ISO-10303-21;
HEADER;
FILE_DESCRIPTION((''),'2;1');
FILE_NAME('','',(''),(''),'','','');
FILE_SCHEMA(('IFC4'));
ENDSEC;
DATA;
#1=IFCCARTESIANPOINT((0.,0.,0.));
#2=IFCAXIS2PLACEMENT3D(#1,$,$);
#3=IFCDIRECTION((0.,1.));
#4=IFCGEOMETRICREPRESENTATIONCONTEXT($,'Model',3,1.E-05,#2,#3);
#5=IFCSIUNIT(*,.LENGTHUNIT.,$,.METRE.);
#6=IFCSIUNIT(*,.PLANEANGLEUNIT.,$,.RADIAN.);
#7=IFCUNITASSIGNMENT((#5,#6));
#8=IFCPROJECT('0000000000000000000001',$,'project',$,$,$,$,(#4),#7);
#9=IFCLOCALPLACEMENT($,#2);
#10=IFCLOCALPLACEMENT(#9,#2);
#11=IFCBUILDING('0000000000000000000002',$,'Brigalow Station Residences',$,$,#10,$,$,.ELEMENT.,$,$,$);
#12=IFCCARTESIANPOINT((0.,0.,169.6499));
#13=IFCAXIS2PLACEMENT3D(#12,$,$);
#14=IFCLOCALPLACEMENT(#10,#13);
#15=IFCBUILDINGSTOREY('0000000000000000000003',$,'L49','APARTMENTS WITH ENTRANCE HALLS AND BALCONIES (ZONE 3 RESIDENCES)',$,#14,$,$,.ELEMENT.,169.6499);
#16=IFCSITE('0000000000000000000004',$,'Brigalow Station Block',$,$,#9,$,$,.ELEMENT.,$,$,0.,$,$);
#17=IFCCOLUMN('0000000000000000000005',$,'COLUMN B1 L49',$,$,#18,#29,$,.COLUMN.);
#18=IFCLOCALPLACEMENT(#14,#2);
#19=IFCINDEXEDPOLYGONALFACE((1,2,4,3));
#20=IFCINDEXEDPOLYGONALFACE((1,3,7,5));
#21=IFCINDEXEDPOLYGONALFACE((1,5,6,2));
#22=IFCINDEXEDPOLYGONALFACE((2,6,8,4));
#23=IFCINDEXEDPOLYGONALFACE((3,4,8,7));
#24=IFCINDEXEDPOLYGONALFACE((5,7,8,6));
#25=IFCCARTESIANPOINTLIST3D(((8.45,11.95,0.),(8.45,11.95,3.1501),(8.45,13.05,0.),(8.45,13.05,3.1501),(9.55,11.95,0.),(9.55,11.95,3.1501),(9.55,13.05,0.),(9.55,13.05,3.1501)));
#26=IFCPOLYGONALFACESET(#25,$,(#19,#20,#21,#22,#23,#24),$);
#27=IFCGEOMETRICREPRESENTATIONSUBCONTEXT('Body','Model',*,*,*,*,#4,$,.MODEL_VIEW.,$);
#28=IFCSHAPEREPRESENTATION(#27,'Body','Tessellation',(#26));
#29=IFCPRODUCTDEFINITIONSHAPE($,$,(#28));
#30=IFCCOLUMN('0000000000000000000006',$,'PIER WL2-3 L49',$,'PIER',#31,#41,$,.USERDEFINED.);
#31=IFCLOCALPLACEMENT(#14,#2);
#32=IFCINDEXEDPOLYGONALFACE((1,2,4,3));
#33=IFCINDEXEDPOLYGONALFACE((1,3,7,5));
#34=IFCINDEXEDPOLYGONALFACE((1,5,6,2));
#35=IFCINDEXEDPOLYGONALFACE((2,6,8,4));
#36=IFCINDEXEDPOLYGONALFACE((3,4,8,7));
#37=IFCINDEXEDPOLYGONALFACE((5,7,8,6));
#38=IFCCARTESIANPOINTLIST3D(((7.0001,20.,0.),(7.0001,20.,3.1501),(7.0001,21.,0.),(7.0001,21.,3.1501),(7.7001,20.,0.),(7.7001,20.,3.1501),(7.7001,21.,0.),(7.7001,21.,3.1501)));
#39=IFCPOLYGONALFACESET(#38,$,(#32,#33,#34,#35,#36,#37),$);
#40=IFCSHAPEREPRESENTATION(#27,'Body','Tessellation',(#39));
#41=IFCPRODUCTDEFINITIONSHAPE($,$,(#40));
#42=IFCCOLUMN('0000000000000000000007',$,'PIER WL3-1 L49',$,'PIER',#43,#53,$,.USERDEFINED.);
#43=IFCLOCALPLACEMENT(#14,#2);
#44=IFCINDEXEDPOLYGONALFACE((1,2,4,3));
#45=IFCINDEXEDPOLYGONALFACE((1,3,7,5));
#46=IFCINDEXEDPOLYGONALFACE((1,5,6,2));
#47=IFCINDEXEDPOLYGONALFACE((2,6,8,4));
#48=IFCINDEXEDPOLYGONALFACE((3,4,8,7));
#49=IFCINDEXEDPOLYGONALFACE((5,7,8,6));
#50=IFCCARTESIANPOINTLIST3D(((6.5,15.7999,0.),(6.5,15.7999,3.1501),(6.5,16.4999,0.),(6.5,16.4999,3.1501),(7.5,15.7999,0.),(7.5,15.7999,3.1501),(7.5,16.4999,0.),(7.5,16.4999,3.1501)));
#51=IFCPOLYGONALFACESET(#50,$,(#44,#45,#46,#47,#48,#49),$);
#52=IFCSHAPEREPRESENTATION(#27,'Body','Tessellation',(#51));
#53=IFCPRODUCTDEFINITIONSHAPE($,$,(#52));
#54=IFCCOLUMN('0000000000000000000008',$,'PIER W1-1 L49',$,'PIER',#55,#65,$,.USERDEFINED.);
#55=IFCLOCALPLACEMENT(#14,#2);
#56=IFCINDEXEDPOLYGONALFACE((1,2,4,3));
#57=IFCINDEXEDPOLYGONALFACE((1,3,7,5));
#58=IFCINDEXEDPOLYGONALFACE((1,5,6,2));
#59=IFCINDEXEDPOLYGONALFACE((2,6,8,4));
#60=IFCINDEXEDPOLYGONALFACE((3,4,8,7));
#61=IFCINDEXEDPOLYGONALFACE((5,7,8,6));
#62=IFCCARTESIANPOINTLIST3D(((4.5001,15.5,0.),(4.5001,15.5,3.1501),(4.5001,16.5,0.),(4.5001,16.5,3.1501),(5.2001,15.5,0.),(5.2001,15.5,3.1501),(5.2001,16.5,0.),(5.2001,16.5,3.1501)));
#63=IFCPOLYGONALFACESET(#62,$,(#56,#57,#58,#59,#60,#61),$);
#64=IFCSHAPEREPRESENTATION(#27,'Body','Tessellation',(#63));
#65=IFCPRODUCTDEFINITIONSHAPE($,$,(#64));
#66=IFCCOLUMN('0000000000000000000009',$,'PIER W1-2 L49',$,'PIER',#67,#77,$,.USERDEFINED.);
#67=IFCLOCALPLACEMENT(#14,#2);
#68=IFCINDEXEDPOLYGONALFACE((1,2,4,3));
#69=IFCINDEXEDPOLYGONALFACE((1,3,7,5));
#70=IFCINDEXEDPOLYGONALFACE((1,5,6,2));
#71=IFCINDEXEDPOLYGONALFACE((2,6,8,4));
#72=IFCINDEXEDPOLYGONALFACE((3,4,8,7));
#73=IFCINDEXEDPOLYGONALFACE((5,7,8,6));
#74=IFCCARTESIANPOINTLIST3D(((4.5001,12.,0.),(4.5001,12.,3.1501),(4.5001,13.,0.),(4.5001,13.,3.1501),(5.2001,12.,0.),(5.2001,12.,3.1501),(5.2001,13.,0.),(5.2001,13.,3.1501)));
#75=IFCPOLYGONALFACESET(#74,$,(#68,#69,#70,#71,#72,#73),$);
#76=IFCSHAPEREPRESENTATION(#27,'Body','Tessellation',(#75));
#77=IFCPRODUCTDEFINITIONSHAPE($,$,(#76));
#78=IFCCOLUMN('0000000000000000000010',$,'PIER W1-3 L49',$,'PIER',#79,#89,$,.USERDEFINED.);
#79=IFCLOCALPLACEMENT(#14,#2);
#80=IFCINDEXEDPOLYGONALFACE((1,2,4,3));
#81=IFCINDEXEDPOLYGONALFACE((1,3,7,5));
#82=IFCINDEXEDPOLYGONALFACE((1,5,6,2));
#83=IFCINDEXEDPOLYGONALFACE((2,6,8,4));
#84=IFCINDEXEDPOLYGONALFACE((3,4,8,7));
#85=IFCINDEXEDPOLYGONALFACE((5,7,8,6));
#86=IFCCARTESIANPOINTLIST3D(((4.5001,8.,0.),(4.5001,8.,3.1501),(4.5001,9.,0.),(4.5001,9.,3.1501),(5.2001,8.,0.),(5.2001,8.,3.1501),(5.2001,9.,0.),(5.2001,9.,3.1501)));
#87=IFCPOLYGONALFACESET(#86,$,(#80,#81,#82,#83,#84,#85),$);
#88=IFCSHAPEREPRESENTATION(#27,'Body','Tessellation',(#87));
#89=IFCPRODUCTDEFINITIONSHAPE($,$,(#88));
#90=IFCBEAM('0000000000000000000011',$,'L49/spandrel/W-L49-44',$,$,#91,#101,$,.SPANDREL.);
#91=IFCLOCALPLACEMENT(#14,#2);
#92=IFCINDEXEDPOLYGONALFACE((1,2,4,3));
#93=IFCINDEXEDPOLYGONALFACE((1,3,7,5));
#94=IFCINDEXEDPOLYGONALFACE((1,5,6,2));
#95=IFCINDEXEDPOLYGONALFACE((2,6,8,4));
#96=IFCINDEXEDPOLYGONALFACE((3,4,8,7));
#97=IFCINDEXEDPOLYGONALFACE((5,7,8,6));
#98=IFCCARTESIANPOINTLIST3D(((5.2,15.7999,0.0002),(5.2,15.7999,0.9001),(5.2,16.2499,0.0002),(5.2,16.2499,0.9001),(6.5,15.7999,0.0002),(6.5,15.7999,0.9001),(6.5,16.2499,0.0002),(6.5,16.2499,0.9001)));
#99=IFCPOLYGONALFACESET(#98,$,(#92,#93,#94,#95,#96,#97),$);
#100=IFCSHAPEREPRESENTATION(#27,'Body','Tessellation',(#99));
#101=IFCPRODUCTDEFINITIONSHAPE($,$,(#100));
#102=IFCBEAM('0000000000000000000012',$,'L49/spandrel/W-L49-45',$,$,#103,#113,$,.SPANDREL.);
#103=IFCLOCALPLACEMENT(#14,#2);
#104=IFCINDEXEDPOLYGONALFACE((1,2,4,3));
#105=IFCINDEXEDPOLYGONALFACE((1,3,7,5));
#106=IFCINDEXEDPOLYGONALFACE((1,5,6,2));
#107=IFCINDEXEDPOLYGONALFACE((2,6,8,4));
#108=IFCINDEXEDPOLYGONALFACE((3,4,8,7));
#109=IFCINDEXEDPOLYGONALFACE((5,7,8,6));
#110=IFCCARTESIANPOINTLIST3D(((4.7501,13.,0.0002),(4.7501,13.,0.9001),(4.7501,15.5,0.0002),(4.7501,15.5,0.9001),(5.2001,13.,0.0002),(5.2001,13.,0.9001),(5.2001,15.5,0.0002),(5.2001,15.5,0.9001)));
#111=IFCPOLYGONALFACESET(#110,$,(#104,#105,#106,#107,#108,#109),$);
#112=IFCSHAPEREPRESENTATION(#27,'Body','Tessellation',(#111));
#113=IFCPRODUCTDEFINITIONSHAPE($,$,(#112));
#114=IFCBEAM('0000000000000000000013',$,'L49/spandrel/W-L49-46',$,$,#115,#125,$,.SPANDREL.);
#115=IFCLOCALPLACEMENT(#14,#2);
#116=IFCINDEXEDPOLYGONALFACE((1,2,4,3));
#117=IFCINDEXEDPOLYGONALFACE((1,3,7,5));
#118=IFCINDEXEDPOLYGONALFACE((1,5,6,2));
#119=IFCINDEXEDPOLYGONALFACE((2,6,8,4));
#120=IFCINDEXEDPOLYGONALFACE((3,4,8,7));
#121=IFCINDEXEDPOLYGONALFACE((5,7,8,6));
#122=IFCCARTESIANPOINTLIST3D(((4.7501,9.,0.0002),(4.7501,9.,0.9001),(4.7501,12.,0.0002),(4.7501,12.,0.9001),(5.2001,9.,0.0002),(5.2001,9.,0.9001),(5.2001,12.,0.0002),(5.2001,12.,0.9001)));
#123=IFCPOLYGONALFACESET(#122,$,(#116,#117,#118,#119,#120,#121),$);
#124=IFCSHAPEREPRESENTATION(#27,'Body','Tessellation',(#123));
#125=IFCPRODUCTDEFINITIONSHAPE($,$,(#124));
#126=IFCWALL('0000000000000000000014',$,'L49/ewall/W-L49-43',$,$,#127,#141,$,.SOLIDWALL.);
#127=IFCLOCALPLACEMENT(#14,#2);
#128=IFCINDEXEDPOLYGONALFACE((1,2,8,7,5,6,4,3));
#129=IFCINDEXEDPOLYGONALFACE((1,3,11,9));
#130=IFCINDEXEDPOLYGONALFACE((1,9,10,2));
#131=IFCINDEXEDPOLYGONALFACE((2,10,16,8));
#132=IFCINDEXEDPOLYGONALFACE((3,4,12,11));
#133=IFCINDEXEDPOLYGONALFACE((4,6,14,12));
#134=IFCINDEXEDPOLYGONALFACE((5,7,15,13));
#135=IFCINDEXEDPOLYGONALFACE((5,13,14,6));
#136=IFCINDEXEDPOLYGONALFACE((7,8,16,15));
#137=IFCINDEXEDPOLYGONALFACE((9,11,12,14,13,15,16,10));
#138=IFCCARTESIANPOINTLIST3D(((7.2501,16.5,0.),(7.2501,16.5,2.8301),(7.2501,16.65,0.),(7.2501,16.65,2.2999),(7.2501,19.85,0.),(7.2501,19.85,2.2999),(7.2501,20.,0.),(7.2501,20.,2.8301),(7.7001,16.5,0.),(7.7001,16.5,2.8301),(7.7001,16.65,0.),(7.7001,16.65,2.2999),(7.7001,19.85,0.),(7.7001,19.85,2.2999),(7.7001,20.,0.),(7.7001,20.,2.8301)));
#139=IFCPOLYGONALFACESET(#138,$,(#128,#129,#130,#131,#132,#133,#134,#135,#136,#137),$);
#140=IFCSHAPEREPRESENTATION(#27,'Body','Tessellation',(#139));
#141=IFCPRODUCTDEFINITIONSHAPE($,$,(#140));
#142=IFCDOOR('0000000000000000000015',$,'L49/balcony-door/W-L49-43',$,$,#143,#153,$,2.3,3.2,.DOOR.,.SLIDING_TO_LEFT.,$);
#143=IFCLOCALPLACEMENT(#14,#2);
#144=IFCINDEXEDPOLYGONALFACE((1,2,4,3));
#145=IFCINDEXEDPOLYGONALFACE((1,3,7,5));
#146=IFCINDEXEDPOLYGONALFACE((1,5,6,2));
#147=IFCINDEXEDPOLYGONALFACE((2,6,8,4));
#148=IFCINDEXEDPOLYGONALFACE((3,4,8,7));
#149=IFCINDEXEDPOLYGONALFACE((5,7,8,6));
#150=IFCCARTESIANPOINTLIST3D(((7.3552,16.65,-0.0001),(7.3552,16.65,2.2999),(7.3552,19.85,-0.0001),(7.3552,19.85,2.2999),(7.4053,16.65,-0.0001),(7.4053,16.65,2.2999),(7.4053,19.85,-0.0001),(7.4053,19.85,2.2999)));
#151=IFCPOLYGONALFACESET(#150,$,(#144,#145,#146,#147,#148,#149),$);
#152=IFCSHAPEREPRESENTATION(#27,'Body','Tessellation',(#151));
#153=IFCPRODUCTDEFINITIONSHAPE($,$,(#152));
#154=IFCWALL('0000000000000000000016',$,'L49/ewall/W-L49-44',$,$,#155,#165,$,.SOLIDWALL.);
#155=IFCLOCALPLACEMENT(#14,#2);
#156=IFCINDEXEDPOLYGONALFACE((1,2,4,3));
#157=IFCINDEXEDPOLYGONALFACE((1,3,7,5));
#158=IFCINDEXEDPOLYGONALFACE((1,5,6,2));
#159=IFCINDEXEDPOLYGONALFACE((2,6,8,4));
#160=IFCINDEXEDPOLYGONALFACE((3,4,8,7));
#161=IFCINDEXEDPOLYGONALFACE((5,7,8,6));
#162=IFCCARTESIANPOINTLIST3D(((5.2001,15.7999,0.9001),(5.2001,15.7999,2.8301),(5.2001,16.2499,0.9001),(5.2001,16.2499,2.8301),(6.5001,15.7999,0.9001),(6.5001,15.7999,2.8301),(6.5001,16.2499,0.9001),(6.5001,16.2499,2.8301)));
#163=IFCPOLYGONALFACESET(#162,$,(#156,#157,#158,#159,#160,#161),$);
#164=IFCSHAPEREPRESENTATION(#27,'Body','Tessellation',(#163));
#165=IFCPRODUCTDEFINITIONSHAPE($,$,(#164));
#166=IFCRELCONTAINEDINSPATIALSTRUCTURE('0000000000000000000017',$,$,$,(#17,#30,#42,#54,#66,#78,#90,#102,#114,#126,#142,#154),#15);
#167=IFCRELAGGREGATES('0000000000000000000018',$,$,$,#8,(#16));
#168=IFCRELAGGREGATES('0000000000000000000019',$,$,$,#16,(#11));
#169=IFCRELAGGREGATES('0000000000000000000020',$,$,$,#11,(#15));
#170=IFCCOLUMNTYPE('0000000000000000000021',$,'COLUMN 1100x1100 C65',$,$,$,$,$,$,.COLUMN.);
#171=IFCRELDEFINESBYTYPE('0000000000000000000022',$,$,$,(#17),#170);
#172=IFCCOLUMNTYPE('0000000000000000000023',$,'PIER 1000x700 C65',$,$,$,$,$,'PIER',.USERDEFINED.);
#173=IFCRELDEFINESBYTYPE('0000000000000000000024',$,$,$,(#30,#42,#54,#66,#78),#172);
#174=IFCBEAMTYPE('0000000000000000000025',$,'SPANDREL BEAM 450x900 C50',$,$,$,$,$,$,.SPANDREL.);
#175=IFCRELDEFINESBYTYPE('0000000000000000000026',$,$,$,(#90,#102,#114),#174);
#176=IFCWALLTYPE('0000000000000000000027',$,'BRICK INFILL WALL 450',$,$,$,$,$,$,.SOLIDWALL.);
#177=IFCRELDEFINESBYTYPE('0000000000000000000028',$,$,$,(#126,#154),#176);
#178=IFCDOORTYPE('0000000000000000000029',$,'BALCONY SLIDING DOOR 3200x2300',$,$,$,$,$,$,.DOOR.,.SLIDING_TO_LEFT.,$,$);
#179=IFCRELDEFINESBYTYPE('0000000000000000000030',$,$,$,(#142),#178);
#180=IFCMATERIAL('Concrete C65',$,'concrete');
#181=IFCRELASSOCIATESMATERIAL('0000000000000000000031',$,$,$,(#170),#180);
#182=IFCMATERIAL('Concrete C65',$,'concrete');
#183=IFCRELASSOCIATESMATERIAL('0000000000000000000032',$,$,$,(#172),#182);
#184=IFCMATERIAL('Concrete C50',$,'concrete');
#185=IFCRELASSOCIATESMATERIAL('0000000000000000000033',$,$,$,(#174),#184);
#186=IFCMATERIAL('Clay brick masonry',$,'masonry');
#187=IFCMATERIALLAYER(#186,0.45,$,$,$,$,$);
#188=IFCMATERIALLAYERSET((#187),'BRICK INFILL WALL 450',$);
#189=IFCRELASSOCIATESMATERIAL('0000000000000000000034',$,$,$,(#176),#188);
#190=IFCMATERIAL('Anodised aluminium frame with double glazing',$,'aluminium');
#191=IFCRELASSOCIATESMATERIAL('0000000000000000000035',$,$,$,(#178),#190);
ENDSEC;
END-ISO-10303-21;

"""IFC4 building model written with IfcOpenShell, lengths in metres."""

from ifc_helpers import new_model, si_unit, direction, frame, frame_2d, origin, origin_2d, place, context, subcontext, project, spatial, rectangle, extrude, material, layer, layer_set, material_profile, profile_set, type_object, element, fill, save


model = new_model("IFC4")

# Units and contexts
model_context = context("Model", 3, precision=1e-05, world=origin(), true_north=direction((0.0, 1.0)))
body_context = subcontext(model_context, "Body", "Model", "MODEL_VIEW")
ifc_project = project(units=[si_unit("LENGTHUNIT", "METRE"), si_unit("PLANEANGLEUNIT", "RADIAN")], contexts=[model_context])

# Site, building, storey
site_placement = place(None, origin())
site = spatial("IfcSite", under=ifc_project, at=site_placement, Name="Brigalow Station Block", CompositionType="ELEMENT", RefElevation=0.0)
building_placement = place(site_placement, origin())
building = spatial("IfcBuilding", under=site, at=building_placement, Name="Brigalow Station Residences", CompositionType="ELEMENT")
storey_placement = place(building_placement, frame((0.0, 0.0, 169.6499)))
storey = spatial("IfcBuildingStorey", under=building, at=storey_placement, Name="L49", Description="APARTMENTS WITH ENTRANCE HALLS AND BALCONIES (ZONE 3 RESIDENCES)", CompositionType="ELEMENT", Elevation=169.6499)

# Columns
ifc_material_1 = material(Name="Concrete C65", Category="concrete")
ifc_material_profile_1 = material_profile(ifc_material_1, rectangle(XDim=1.1001, YDim=1.1001, at=origin_2d()), Name="RC1100x1100")
ifc_profile_set_1 = profile_set([ifc_material_profile_1], Name="Concrete C65")
column_type_1 = type_object("IfcColumnType", Name="COLUMN 1100x1100 C65", PredefinedType="COLUMN", material=ifc_profile_set_1)
column_placement = place(storey_placement, frame((9.0, 12.5, 0.0), z_axis=(0.0, 0.0, 1.0), x_axis=(1.0, 0.0, 0.0)))
element("IfcColumn", 1, at=column_placement, inside=storey, type_object=column_type_1, Name="COLUMN B1 L49", PredefinedType="COLUMN", context=body_context, shape_type="SweptSolid", body=[
    extrude(rectangle(XDim=1.1001, YDim=1.1001, at=origin_2d()), origin(), (0.0, 0.0, 1.0), 3.1501),
])
ifc_material_2 = material(Name="Concrete C65", Category="concrete")
ifc_material_profile_2 = material_profile(ifc_material_2, rectangle(XDim=1.0, YDim=0.7, at=origin_2d()), Name="RC1000x700")
ifc_profile_set_2 = profile_set([ifc_material_profile_2], Name="Concrete C65")
column_type_2 = type_object("IfcColumnType", Name="PIER 1000x700 C65", ElementType="PIER", PredefinedType="USERDEFINED", material=ifc_profile_set_2)
for number, where, z_axis, x_axis, name in (
    (2, (7.3501, 20.5, 0.0), (0.0, 0.0, 1.0), (0.0, -1.0, 0.0), "PIER WL2-3 L49"),
    (3, (7.0, 16.1499, 0.0), (0.0, 0.0, 1.0), (-1.0, 0.0, 0.0), "PIER WL3-1 L49"),
    (4, (4.8501, 16.0, 0.0), (0.0, 0.0, 1.0), (0.0, -1.0, 0.0), "PIER W1-1 L49"),
    (5, (4.8501, 12.5, 0.0), (0.0, 0.0, 1.0), (0.0, -1.0, 0.0), "PIER W1-2 L49"),
    (6, (4.8501, 8.5, 0.0), (0.0, 0.0, 1.0), (0.0, -1.0, 0.0), "PIER W1-3 L49"),
):
    element("IfcColumn", number, at=place(storey_placement, frame(where, z_axis=z_axis, x_axis=x_axis)), inside=storey, type_object=column_type_2, Name=name, ObjectType="PIER", PredefinedType="USERDEFINED", context=body_context, shape_type="SweptSolid", body=[
        extrude(rectangle(XDim=1.0, YDim=0.7, at=origin_2d()), origin(), (0.0, 0.0, 1.0), 3.1501),
    ])

# Beams
ifc_material_3 = material(Name="Concrete C50", Category="concrete")
ifc_material_profile_3 = material_profile(ifc_material_3, rectangle(XDim=0.45, YDim=0.8999, at=origin_2d()), Name="RC450x900")
ifc_profile_set_3 = profile_set([ifc_material_profile_3], Name="Concrete C50")
beam_type = type_object("IfcBeamType", Name="SPANDREL BEAM 450x900 C50", PredefinedType="SPANDREL", material=ifc_profile_set_3)
beam_1_placement = place(storey_placement, frame((6.5, 16.0249, 0.4502), z_axis=(-1.0, 0.0, 0.0), x_axis=(0.0, -1.0, 0.0)))
element("IfcBeam", 7, at=beam_1_placement, inside=storey, type_object=beam_type, Name="L49/spandrel/W-L49-44", PredefinedType="SPANDREL", context=body_context, shape_type="SweptSolid", body=[
    extrude(rectangle(XDim=0.45, YDim=0.8999, at=origin_2d()), origin(), (0.0, 0.0, 1.0), 1.3),
])
beam_2_placement = place(storey_placement, frame((4.9751, 15.5, 0.4502), z_axis=(0.0, -1.0, 0.0), x_axis=(1.0, 0.0, 0.0)))
element("IfcBeam", 8, at=beam_2_placement, inside=storey, type_object=beam_type, Name="L49/spandrel/W-L49-45", PredefinedType="SPANDREL", context=body_context, shape_type="SweptSolid", body=[
    extrude(rectangle(XDim=0.45, YDim=0.8999, at=origin_2d()), origin(), (0.0, 0.0, 1.0), 2.5),
])
beam_3_placement = place(storey_placement, frame((4.9751, 12.0, 0.4502), z_axis=(0.0, -1.0, 0.0), x_axis=(1.0, 0.0, 0.0)))
element("IfcBeam", 9, at=beam_3_placement, inside=storey, type_object=beam_type, Name="L49/spandrel/W-L49-46", PredefinedType="SPANDREL", context=body_context, shape_type="SweptSolid", body=[
    extrude(rectangle(XDim=0.45, YDim=0.8999, at=origin_2d()), origin(), (0.0, 0.0, 1.0), 3.0),
])

# Wall, opening, door
ifc_material_4 = material(Name="Clay brick masonry", Category="masonry")
ifc_layer_1 = layer(ifc_material_4, 0.45)
ifc_layer_set_1 = layer_set([ifc_layer_1], Name="BRICK INFILL WALL 450")
wall_type_1 = type_object("IfcWallType", Name="BRICK INFILL WALL 450", PredefinedType="SOLIDWALL", material=ifc_layer_set_1)
wall_1_placement = place(storey_placement, frame((7.4751, 20.0, 0.0), z_axis=(0.0, 0.0, 1.0), x_axis=(0.0, -1.0, 0.0)))
wall_1 = element("IfcWall", 10, at=wall_1_placement, inside=storey, type_object=wall_type_1, Name="L49/ewall/W-L49-43", PredefinedType="SOLIDWALL", context=body_context, shape_type="SweptSolid", body=[
    extrude(rectangle(XDim=3.5, YDim=0.45, at=frame_2d((1.75, 0.0))), origin(), (0.0, 0.0, 1.0), 2.8301),
])
opening_1_placement = place(wall_1_placement, frame((0.1499, 0.0, 0.0)))
opening_1 = element("IfcOpeningElement", 11, at=opening_1_placement, cuts=wall_1, PredefinedType="OPENING", context=body_context, shape_type="SweptSolid", body=[
    extrude(rectangle(XDim=3.2, YDim=2.3, at=frame_2d((1.6001, 1.1499))), frame((0.0, 0.2349, 0.0), z_axis=(0.0, -1.0, 0.0), x_axis=(1.0, 0.0, 0.0)), (0.0, 0.0, 1.0), 0.47),
])
ifc_material_5 = material(Name="Anodised aluminium frame with double glazing", Category="aluminium")
door_type_1 = type_object("IfcDoorType", Name="BALCONY SLIDING DOOR 3200x2300", OperationType="SLIDING_TO_LEFT", PredefinedType="DOOR", material=ifc_material_5)
door_1_placement = place(opening_1_placement, origin())
door_1 = element("IfcDoor", 12, at=door_1_placement, inside=storey, type_object=door_type_1, Name="L49/balcony-door/W-L49-43", OperationType="SLIDING_TO_LEFT", OverallHeight=2.3, OverallWidth=3.2, PredefinedType="DOOR", context=body_context, shape_type="SweptSolid", body=[
    extrude(rectangle(XDim=3.2, YDim=2.3, at=frame_2d((1.6001, 1.1499))), frame((0.0, -0.0698, 0.0), z_axis=(0.0, -1.0, 0.0), x_axis=(1.0, 0.0, 0.0)), (0.0, 0.0, 1.0), 0.05),
])
fill(opening_1, door_1)

# Wall
wall_2_placement = place(storey_placement, frame((6.5, 16.0249, 0.9001), z_axis=(0.0, 0.0, 1.0), x_axis=(-1.0, 0.0, 0.0)))
element("IfcWall", 13, at=wall_2_placement, inside=storey, type_object=wall_type_1, Name="L49/ewall/W-L49-44", PredefinedType="SOLIDWALL", context=body_context, shape_type="SweptSolid", body=[
    extrude(rectangle(XDim=1.3, YDim=0.45, at=frame_2d((0.6499, 0.0))), origin(), (0.0, 0.0, 1.0), 1.9299),
])

save(model, "model.ifc")
